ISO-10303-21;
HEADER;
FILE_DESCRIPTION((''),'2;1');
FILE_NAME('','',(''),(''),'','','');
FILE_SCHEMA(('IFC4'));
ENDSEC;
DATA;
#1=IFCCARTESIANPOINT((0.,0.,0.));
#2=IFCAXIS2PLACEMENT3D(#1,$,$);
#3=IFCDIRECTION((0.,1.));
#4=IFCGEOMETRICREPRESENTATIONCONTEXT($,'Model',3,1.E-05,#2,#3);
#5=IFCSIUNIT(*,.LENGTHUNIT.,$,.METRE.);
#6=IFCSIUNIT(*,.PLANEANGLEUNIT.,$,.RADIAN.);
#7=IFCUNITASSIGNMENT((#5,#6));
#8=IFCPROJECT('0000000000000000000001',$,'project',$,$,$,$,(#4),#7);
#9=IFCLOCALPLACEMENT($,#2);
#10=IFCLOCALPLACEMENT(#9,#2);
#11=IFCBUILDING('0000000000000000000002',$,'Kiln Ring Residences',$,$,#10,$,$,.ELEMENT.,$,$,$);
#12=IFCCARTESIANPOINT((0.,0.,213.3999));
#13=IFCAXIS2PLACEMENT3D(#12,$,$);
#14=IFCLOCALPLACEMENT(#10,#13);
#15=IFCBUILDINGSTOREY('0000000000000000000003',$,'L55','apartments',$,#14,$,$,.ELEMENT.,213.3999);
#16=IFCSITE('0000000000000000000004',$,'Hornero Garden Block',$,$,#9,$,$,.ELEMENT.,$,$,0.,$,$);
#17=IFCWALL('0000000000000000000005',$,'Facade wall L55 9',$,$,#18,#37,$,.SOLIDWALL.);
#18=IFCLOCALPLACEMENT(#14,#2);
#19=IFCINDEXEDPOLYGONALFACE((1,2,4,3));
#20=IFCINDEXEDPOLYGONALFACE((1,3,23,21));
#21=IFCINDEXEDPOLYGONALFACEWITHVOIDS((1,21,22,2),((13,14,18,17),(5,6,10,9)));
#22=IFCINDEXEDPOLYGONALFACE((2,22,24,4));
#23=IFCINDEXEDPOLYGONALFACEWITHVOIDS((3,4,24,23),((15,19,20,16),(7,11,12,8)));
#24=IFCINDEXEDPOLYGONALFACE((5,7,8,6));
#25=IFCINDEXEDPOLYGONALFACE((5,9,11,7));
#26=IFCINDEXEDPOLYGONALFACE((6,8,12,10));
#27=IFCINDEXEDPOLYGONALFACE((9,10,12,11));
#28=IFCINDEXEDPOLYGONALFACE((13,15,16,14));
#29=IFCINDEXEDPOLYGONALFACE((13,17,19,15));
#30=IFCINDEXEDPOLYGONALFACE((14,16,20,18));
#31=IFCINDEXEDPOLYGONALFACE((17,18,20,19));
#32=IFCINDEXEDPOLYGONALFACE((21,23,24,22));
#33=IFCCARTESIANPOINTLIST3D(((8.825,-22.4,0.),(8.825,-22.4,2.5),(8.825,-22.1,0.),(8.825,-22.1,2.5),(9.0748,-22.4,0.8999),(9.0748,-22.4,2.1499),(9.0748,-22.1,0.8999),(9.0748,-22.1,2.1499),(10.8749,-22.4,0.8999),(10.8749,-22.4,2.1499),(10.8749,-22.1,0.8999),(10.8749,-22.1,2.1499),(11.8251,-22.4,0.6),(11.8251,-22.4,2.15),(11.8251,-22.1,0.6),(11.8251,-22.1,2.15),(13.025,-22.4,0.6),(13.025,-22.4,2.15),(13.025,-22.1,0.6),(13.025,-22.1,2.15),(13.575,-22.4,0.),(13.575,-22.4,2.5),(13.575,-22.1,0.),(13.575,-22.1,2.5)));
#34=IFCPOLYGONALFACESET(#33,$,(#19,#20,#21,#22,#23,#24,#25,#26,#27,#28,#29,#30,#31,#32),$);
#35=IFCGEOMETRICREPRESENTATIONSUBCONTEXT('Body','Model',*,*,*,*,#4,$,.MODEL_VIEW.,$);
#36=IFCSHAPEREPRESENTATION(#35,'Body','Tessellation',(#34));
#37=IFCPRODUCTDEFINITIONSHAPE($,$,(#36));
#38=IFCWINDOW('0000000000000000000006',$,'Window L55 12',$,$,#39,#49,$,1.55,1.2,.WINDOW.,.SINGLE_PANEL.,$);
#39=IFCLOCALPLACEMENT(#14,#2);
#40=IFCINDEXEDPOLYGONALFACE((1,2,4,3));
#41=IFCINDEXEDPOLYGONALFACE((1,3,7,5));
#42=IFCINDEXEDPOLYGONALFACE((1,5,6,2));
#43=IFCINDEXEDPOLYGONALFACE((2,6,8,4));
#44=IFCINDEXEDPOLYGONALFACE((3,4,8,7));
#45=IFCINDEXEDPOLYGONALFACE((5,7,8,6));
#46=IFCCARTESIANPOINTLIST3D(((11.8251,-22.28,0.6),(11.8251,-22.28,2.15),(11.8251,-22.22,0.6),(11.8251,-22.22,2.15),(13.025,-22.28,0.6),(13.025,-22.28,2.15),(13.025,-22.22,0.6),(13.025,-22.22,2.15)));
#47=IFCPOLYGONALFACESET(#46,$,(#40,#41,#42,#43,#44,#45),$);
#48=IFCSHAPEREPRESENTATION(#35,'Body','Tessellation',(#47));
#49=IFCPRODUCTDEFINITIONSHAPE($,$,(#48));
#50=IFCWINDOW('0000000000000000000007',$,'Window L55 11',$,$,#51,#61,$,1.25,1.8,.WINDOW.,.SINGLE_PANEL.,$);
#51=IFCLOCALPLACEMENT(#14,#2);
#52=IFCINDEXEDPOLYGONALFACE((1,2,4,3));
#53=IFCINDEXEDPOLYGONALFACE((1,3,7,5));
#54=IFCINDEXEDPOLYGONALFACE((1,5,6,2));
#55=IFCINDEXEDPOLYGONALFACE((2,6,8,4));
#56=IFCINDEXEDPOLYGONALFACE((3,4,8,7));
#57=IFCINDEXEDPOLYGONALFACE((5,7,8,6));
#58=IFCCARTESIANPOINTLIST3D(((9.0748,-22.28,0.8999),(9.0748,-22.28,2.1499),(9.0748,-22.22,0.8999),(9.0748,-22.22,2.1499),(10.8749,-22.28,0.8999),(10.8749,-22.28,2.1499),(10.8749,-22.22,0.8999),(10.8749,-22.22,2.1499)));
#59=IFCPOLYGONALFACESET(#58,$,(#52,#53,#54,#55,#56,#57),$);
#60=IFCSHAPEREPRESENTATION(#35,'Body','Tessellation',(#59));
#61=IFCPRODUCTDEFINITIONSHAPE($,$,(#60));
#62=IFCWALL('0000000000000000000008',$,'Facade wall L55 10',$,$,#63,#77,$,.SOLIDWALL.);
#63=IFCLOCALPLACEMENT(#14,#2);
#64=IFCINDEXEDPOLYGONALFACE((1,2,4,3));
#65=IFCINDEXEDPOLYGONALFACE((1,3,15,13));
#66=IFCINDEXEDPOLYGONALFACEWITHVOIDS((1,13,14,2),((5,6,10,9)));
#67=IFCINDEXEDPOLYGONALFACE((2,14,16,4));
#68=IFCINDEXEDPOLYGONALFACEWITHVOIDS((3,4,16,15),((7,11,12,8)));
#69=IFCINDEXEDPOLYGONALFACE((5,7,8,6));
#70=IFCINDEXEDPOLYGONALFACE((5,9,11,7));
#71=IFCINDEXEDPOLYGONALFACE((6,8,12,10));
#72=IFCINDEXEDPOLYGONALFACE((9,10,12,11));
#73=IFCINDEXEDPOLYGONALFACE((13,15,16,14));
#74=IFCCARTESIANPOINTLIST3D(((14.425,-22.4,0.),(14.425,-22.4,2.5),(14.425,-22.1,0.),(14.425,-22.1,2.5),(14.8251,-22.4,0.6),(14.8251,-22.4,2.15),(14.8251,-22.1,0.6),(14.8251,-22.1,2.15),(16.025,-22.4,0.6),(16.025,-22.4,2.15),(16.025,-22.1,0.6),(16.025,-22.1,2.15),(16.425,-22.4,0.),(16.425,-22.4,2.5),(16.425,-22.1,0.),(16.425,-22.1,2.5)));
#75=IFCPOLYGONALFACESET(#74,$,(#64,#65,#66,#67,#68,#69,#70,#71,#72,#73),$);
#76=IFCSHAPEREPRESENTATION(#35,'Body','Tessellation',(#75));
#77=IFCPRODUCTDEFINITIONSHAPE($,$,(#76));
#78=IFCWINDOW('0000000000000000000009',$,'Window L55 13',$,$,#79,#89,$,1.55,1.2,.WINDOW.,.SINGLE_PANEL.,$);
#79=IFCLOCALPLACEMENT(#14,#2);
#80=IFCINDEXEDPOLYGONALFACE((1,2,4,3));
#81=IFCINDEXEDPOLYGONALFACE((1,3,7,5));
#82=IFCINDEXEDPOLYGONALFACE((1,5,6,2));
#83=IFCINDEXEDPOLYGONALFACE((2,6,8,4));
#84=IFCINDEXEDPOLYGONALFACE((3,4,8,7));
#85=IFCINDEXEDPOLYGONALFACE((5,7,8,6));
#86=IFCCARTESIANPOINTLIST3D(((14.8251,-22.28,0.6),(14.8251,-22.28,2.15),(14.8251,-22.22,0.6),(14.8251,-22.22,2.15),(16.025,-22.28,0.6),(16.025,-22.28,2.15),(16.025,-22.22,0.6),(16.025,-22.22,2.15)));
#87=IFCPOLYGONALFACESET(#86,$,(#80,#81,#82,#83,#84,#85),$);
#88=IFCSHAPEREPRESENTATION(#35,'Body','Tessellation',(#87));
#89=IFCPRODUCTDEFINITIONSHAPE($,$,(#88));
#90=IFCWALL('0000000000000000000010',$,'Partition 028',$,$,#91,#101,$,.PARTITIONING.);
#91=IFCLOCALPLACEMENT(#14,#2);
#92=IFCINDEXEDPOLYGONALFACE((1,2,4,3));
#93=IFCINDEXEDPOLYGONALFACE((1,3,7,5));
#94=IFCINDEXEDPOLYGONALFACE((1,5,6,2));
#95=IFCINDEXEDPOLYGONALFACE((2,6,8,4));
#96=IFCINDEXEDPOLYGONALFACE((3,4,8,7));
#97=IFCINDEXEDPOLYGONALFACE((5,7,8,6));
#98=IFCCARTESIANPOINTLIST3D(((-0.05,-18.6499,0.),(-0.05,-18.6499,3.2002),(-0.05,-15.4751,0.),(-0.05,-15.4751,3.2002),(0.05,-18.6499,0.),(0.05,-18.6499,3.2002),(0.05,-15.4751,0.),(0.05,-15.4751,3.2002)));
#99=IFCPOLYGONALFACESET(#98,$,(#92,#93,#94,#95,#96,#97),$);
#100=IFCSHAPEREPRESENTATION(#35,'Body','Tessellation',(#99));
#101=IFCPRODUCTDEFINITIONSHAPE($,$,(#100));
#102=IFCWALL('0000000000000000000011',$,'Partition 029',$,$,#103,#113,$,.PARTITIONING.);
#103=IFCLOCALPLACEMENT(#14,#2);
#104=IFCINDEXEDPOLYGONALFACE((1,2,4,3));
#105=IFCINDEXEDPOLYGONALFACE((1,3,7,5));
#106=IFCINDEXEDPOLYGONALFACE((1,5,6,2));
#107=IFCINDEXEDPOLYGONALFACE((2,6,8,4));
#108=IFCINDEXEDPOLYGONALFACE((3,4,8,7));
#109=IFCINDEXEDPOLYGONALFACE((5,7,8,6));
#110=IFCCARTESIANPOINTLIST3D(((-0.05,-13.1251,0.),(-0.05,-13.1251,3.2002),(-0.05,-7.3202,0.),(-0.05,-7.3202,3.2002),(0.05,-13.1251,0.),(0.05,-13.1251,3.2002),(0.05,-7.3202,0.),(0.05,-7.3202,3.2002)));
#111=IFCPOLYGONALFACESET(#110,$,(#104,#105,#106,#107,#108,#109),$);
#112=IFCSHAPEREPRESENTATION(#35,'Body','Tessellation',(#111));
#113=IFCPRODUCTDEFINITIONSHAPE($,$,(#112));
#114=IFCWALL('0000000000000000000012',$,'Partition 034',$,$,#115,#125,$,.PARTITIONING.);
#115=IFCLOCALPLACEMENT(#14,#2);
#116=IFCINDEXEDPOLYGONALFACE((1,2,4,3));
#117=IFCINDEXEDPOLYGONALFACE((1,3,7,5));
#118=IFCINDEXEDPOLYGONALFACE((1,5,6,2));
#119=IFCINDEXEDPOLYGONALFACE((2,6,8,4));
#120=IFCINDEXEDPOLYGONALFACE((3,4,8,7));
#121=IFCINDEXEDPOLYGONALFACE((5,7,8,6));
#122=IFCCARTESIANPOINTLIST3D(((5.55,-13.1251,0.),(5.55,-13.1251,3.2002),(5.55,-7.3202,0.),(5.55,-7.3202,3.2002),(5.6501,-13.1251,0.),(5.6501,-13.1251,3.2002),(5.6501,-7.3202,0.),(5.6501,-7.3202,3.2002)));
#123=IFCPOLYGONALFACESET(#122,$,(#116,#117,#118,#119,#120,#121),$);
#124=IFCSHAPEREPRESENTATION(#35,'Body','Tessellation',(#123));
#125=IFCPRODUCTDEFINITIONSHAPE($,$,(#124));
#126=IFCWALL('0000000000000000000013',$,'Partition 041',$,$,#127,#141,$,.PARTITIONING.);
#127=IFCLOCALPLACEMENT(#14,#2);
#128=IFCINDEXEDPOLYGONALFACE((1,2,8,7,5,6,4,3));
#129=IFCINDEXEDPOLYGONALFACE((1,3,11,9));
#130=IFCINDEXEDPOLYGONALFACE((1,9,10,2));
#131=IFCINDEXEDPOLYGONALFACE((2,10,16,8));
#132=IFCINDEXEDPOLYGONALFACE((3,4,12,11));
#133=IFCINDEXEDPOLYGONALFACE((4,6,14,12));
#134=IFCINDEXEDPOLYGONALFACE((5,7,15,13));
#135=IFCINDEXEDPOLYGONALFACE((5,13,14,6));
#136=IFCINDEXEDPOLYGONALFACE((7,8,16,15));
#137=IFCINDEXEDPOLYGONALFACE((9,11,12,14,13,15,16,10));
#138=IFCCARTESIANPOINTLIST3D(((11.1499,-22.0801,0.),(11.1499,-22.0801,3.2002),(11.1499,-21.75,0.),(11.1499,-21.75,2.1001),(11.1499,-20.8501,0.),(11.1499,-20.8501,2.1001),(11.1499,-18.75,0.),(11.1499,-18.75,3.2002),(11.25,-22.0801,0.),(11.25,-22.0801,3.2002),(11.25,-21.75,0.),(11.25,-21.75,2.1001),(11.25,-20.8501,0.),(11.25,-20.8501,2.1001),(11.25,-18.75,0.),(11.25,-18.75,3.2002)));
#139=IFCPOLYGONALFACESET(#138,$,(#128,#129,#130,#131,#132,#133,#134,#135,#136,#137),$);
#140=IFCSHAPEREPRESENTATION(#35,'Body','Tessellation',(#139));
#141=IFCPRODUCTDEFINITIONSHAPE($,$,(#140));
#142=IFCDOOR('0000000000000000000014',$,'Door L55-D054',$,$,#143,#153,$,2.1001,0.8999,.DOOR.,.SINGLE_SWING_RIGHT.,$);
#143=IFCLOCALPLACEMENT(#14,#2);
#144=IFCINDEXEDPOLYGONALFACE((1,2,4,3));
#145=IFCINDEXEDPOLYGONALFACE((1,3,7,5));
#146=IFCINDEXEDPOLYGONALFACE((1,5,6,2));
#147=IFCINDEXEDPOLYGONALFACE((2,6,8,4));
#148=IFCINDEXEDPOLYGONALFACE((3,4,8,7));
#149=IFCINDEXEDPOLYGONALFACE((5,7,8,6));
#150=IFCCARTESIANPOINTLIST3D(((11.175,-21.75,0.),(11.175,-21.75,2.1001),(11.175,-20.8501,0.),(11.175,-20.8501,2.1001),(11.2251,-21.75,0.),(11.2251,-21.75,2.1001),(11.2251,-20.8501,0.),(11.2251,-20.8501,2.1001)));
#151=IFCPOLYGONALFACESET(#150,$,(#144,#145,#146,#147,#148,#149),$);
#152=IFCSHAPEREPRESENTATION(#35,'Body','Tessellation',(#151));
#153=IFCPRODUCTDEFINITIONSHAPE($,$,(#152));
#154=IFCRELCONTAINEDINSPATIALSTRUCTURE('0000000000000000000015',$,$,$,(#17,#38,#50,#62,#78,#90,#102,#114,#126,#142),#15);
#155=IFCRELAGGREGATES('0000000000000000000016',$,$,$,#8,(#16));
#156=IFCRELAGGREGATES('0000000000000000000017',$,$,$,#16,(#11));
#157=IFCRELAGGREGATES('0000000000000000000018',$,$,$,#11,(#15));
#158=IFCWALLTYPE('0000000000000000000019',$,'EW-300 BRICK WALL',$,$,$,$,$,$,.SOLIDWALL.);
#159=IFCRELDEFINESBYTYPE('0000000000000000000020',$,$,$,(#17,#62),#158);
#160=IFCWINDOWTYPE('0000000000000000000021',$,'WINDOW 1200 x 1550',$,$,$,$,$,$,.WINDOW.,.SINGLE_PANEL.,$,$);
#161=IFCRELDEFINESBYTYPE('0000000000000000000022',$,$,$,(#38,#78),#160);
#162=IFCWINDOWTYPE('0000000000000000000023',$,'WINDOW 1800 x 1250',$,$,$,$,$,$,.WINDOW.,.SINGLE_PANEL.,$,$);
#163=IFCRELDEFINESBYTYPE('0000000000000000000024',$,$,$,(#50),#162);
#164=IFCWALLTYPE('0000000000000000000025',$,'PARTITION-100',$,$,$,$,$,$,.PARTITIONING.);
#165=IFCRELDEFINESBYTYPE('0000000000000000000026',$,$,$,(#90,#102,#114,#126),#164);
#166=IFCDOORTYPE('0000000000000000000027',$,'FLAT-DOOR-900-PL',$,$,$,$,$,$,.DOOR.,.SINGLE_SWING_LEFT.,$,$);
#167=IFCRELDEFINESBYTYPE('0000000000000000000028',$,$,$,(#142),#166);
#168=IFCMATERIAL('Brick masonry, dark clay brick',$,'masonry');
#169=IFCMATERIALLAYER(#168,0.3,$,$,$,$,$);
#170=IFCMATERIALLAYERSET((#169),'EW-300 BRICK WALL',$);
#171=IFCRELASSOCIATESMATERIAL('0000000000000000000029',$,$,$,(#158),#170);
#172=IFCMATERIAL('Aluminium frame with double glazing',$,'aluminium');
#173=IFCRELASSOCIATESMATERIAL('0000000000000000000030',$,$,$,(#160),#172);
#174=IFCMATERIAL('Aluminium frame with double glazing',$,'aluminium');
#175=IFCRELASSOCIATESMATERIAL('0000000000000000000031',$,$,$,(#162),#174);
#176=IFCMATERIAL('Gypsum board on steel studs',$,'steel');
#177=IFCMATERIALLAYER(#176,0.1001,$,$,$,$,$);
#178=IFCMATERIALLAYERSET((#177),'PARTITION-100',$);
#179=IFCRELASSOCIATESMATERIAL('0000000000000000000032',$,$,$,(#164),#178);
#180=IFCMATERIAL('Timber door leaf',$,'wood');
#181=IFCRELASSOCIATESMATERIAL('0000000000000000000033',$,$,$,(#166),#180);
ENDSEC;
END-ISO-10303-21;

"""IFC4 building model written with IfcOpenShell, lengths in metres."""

from ifc_helpers import new_model, si_unit, direction, frame, frame_2d, origin, place, context, subcontext, project, spatial, rectangle, extrude, material, layer, layer_set, type_object, element, fill, save


model = new_model("IFC4")

# Units and contexts
model_context = context("Model", 3, precision=1e-05, world=origin(), true_north=direction((0.0, 1.0)))
body_context = subcontext(model_context, "Body", "Model", "MODEL_VIEW")
ifc_project = project(units=[si_unit("LENGTHUNIT", "METRE"), si_unit("PLANEANGLEUNIT", "RADIAN")], contexts=[model_context])

# Site, building, storey
site_placement = place(None, origin())
site = spatial("IfcSite", under=ifc_project, at=site_placement, Name="Hornero Garden Block", CompositionType="ELEMENT", RefElevation=0.0)
building_placement = place(site_placement, origin())
building = spatial("IfcBuilding", under=site, at=building_placement, Name="Kiln Ring Residences", CompositionType="ELEMENT")
storey_placement = place(building_placement, frame((0.0, 0.0, 213.3999)))
storey = spatial("IfcBuildingStorey", under=building, at=storey_placement, Name="L55", Description="apartments", CompositionType="ELEMENT", Elevation=213.3999)

# Wall, openings, windows
ifc_material_1 = material(Name="Brick masonry, dark clay brick", Category="masonry")
ifc_layer_1 = layer(ifc_material_1, 0.3)
ifc_layer_set_1 = layer_set([ifc_layer_1], Name="EW-300 BRICK WALL")
wall_type_1 = type_object("IfcWallType", Name="EW-300 BRICK WALL", PredefinedType="SOLIDWALL", material=ifc_layer_set_1)
ifc_material_2 = material(Name="Aluminium frame with double glazing", Category="aluminium")
window_type_1 = type_object("IfcWindowType", Name="WINDOW 1200 x 1550", PartitioningType="SINGLE_PANEL", PredefinedType="WINDOW", material=ifc_material_2)
wall_1_placement = place(storey_placement, frame((8.825, -22.25, 0.0), z_axis=(0.0, 0.0, 1.0), x_axis=(1.0, 0.0, 0.0)))
wall_1 = element("IfcWall", 1, at=wall_1_placement, inside=storey, type_object=wall_type_1, Name="Facade wall L55 9", PredefinedType="SOLIDWALL", context=body_context, shape_type="SweptSolid", body=[
    extrude(rectangle(XDim=4.75, YDim=0.3, at=frame_2d((2.375, 0.0))), origin(), (0.0, 0.0, 1.0), 2.5),
])
opening_1_placement = place(wall_1_placement, frame((0.25, 0.0, 0.8999)))
opening_1 = element("IfcOpeningElement", 2, at=opening_1_placement, cuts=wall_1, PredefinedType="OPENING", context=body_context, shape_type="SweptSolid", body=[
    extrude(rectangle(XDim=1.8, YDim=1.25, at=frame_2d((0.8999, 0.625))), frame((0.0, 0.1599, 0.0), z_axis=(0.0, -1.0, 0.0), x_axis=(1.0, 0.0, 0.0)), (0.0, 0.0, 1.0), 0.3201),
])
opening_2_placement = place(wall_1_placement, frame((3.0, 0.0, 0.6001)))
opening_2 = element("IfcOpeningElement", 3, at=opening_2_placement, cuts=wall_1, PredefinedType="OPENING", context=body_context, shape_type="SweptSolid", body=[
    extrude(rectangle(XDim=1.2, YDim=1.55, at=frame_2d((0.6001, 0.7749))), frame((0.0, 0.1599, 0.0), z_axis=(0.0, -1.0, 0.0), x_axis=(1.0, 0.0, 0.0)), (0.0, 0.0, 1.0), 0.3201),
])
window_1_placement = place(opening_2_placement, origin())
window_1 = element("IfcWindow", 4, at=window_1_placement, inside=storey, type_object=window_type_1, Name="Window L55 12", OverallHeight=1.55, OverallWidth=1.2, PartitioningType="SINGLE_PANEL", PredefinedType="WINDOW", context=body_context, shape_type="SweptSolid", body=[
    extrude(rectangle(XDim=1.2, YDim=1.55, at=frame_2d((0.6001, 0.7749))), frame((0.0, 0.03, 0.0), z_axis=(0.0, -1.0, 0.0), x_axis=(1.0, 0.0, 0.0)), (0.0, 0.0, 1.0), 0.0601),
])
fill(opening_2, window_1)
ifc_material_3 = material(Name="Aluminium frame with double glazing", Category="aluminium")
window_type_2 = type_object("IfcWindowType", Name="WINDOW 1800 x 1250", PartitioningType="SINGLE_PANEL", PredefinedType="WINDOW", material=ifc_material_3)
window_2_placement = place(opening_1_placement, origin())
window_2 = element("IfcWindow", 5, at=window_2_placement, inside=storey, type_object=window_type_2, Name="Window L55 11", OverallHeight=1.25, OverallWidth=1.8, PartitioningType="SINGLE_PANEL", PredefinedType="WINDOW", context=body_context, shape_type="SweptSolid", body=[
    extrude(rectangle(XDim=1.8, YDim=1.25, at=frame_2d((0.8999, 0.625))), frame((0.0, 0.03, 0.0), z_axis=(0.0, -1.0, 0.0), x_axis=(1.0, 0.0, 0.0)), (0.0, 0.0, 1.0), 0.0601),
])
fill(opening_1, window_2)

# Wall, opening, window
wall_2_placement = place(storey_placement, frame((14.425, -22.25, 0.0), z_axis=(0.0, 0.0, 1.0), x_axis=(1.0, 0.0, 0.0)))
wall_2 = element("IfcWall", 6, at=wall_2_placement, inside=storey, type_object=wall_type_1, Name="Facade wall L55 10", PredefinedType="SOLIDWALL", context=body_context, shape_type="SweptSolid", body=[
    extrude(rectangle(XDim=2.0, YDim=0.3, at=frame_2d((1.0, 0.0))), origin(), (0.0, 0.0, 1.0), 2.5),
])
opening_3_placement = place(wall_2_placement, frame((0.3999, 0.0, 0.6001)))
opening_3 = element("IfcOpeningElement", 7, at=opening_3_placement, cuts=wall_2, PredefinedType="OPENING", context=body_context, shape_type="SweptSolid", body=[
    extrude(rectangle(XDim=1.2, YDim=1.55, at=frame_2d((0.6001, 0.7749))), frame((0.0, 0.1599, 0.0), z_axis=(0.0, -1.0, 0.0), x_axis=(1.0, 0.0, 0.0)), (0.0, 0.0, 1.0), 0.3201),
])
window_3_placement = place(opening_3_placement, origin())
window_3 = element("IfcWindow", 8, at=window_3_placement, inside=storey, type_object=window_type_1, Name="Window L55 13", OverallHeight=1.55, OverallWidth=1.2, PartitioningType="SINGLE_PANEL", PredefinedType="WINDOW", context=body_context, shape_type="SweptSolid", body=[
    extrude(rectangle(XDim=1.2, YDim=1.55, at=frame_2d((0.6001, 0.7749))), frame((0.0, 0.03, 0.0), z_axis=(0.0, -1.0, 0.0), x_axis=(1.0, 0.0, 0.0)), (0.0, 0.0, 1.0), 0.0601),
])
fill(opening_3, window_3)

# Walls
ifc_material_4 = material(Name="Gypsum board on steel studs", Category="steel")
ifc_layer_2 = layer(ifc_material_4, 0.1001)
ifc_layer_set_2 = layer_set([ifc_layer_2], Name="PARTITION-100")
wall_type_2 = type_object("IfcWallType", Name="PARTITION-100", PredefinedType="PARTITIONING", material=ifc_layer_set_2)
wall_3_placement = place(storey_placement, frame((0.0, -18.6499, 0.0), z_axis=(0.0, 0.0, 1.0), x_axis=(0.0, 1.0, 0.0)))
element("IfcWall", 9, at=wall_3_placement, inside=storey, type_object=wall_type_2, Name="Partition 028", PredefinedType="PARTITIONING", context=body_context, shape_type="SweptSolid", body=[
    extrude(rectangle(XDim=3.1748, YDim=0.1001, at=frame_2d((1.5874, 0.0))), origin(), (0.0, 0.0, 1.0), 3.2002),
])
for number, where, z_axis, x_axis, name in (
    (10, (0.0, -13.125, 0.0), (0.0, 0.0, 1.0), (0.0, 1.0, 0.0), "Partition 029"),
    (11, (5.6001, -13.125, 0.0), (0.0, 0.0, 1.0), (0.0, 1.0, 0.0), "Partition 034"),
):
    element("IfcWall", number, at=place(storey_placement, frame(where, z_axis=z_axis, x_axis=x_axis)), inside=storey, type_object=wall_type_2, Name=name, PredefinedType="PARTITIONING", context=body_context, shape_type="SweptSolid", body=[
        extrude(rectangle(XDim=5.8049, YDim=0.1001, at=frame_2d((2.9023, 0.0))), origin(), (0.0, 0.0, 1.0), 3.2002),
    ])

# Wall, opening, door
wall_4_placement = place(storey_placement, frame((11.2, -22.0801, 0.0), z_axis=(0.0, 0.0, 1.0), x_axis=(0.0, 1.0, 0.0)))
wall_4 = element("IfcWall", 12, at=wall_4_placement, inside=storey, type_object=wall_type_2, Name="Partition 041", PredefinedType="PARTITIONING", context=body_context, shape_type="SweptSolid", body=[
    extrude(rectangle(XDim=3.3301, YDim=0.1001, at=frame_2d((1.665, 0.0))), origin(), (0.0, 0.0, 1.0), 3.2002),
])
opening_4_placement = place(wall_4_placement, frame((0.3301, 0.0, 0.0)))
opening_4 = element("IfcOpeningElement", 13, at=opening_4_placement, cuts=wall_4, PredefinedType="OPENING", context=body_context, shape_type="SweptSolid", body=[
    extrude(rectangle(XDim=0.8999, YDim=2.1001, at=frame_2d((0.45, 1.05))), frame((0.0, 0.0601, 0.0), z_axis=(0.0, -1.0, 0.0), x_axis=(1.0, 0.0, 0.0)), (0.0, 0.0, 1.0), 0.1201),
])
ifc_material_5 = material(Name="Timber door leaf", Category="wood")
door_type_1 = type_object("IfcDoorType", Name="FLAT-DOOR-900-PL", OperationType="SINGLE_SWING_LEFT", PredefinedType="DOOR", material=ifc_material_5)
door_1_placement = place(opening_4_placement, origin())
door_1 = element("IfcDoor", 14, at=door_1_placement, inside=storey, type_object=door_type_1, Name="Door L55-D054", OperationType="SINGLE_SWING_RIGHT", OverallHeight=2.1001, OverallWidth=0.8999, PredefinedType="DOOR", context=body_context, shape_type="SweptSolid", body=[
    extrude(rectangle(XDim=0.8999, YDim=2.1001, at=frame_2d((0.45, 1.05))), frame((0.0, 0.0249, 0.0), z_axis=(0.0, -1.0, 0.0), x_axis=(1.0, 0.0, 0.0)), (0.0, 0.0, 1.0), 0.05),
])
fill(opening_4, door_1)

save(model, "model.ifc")
